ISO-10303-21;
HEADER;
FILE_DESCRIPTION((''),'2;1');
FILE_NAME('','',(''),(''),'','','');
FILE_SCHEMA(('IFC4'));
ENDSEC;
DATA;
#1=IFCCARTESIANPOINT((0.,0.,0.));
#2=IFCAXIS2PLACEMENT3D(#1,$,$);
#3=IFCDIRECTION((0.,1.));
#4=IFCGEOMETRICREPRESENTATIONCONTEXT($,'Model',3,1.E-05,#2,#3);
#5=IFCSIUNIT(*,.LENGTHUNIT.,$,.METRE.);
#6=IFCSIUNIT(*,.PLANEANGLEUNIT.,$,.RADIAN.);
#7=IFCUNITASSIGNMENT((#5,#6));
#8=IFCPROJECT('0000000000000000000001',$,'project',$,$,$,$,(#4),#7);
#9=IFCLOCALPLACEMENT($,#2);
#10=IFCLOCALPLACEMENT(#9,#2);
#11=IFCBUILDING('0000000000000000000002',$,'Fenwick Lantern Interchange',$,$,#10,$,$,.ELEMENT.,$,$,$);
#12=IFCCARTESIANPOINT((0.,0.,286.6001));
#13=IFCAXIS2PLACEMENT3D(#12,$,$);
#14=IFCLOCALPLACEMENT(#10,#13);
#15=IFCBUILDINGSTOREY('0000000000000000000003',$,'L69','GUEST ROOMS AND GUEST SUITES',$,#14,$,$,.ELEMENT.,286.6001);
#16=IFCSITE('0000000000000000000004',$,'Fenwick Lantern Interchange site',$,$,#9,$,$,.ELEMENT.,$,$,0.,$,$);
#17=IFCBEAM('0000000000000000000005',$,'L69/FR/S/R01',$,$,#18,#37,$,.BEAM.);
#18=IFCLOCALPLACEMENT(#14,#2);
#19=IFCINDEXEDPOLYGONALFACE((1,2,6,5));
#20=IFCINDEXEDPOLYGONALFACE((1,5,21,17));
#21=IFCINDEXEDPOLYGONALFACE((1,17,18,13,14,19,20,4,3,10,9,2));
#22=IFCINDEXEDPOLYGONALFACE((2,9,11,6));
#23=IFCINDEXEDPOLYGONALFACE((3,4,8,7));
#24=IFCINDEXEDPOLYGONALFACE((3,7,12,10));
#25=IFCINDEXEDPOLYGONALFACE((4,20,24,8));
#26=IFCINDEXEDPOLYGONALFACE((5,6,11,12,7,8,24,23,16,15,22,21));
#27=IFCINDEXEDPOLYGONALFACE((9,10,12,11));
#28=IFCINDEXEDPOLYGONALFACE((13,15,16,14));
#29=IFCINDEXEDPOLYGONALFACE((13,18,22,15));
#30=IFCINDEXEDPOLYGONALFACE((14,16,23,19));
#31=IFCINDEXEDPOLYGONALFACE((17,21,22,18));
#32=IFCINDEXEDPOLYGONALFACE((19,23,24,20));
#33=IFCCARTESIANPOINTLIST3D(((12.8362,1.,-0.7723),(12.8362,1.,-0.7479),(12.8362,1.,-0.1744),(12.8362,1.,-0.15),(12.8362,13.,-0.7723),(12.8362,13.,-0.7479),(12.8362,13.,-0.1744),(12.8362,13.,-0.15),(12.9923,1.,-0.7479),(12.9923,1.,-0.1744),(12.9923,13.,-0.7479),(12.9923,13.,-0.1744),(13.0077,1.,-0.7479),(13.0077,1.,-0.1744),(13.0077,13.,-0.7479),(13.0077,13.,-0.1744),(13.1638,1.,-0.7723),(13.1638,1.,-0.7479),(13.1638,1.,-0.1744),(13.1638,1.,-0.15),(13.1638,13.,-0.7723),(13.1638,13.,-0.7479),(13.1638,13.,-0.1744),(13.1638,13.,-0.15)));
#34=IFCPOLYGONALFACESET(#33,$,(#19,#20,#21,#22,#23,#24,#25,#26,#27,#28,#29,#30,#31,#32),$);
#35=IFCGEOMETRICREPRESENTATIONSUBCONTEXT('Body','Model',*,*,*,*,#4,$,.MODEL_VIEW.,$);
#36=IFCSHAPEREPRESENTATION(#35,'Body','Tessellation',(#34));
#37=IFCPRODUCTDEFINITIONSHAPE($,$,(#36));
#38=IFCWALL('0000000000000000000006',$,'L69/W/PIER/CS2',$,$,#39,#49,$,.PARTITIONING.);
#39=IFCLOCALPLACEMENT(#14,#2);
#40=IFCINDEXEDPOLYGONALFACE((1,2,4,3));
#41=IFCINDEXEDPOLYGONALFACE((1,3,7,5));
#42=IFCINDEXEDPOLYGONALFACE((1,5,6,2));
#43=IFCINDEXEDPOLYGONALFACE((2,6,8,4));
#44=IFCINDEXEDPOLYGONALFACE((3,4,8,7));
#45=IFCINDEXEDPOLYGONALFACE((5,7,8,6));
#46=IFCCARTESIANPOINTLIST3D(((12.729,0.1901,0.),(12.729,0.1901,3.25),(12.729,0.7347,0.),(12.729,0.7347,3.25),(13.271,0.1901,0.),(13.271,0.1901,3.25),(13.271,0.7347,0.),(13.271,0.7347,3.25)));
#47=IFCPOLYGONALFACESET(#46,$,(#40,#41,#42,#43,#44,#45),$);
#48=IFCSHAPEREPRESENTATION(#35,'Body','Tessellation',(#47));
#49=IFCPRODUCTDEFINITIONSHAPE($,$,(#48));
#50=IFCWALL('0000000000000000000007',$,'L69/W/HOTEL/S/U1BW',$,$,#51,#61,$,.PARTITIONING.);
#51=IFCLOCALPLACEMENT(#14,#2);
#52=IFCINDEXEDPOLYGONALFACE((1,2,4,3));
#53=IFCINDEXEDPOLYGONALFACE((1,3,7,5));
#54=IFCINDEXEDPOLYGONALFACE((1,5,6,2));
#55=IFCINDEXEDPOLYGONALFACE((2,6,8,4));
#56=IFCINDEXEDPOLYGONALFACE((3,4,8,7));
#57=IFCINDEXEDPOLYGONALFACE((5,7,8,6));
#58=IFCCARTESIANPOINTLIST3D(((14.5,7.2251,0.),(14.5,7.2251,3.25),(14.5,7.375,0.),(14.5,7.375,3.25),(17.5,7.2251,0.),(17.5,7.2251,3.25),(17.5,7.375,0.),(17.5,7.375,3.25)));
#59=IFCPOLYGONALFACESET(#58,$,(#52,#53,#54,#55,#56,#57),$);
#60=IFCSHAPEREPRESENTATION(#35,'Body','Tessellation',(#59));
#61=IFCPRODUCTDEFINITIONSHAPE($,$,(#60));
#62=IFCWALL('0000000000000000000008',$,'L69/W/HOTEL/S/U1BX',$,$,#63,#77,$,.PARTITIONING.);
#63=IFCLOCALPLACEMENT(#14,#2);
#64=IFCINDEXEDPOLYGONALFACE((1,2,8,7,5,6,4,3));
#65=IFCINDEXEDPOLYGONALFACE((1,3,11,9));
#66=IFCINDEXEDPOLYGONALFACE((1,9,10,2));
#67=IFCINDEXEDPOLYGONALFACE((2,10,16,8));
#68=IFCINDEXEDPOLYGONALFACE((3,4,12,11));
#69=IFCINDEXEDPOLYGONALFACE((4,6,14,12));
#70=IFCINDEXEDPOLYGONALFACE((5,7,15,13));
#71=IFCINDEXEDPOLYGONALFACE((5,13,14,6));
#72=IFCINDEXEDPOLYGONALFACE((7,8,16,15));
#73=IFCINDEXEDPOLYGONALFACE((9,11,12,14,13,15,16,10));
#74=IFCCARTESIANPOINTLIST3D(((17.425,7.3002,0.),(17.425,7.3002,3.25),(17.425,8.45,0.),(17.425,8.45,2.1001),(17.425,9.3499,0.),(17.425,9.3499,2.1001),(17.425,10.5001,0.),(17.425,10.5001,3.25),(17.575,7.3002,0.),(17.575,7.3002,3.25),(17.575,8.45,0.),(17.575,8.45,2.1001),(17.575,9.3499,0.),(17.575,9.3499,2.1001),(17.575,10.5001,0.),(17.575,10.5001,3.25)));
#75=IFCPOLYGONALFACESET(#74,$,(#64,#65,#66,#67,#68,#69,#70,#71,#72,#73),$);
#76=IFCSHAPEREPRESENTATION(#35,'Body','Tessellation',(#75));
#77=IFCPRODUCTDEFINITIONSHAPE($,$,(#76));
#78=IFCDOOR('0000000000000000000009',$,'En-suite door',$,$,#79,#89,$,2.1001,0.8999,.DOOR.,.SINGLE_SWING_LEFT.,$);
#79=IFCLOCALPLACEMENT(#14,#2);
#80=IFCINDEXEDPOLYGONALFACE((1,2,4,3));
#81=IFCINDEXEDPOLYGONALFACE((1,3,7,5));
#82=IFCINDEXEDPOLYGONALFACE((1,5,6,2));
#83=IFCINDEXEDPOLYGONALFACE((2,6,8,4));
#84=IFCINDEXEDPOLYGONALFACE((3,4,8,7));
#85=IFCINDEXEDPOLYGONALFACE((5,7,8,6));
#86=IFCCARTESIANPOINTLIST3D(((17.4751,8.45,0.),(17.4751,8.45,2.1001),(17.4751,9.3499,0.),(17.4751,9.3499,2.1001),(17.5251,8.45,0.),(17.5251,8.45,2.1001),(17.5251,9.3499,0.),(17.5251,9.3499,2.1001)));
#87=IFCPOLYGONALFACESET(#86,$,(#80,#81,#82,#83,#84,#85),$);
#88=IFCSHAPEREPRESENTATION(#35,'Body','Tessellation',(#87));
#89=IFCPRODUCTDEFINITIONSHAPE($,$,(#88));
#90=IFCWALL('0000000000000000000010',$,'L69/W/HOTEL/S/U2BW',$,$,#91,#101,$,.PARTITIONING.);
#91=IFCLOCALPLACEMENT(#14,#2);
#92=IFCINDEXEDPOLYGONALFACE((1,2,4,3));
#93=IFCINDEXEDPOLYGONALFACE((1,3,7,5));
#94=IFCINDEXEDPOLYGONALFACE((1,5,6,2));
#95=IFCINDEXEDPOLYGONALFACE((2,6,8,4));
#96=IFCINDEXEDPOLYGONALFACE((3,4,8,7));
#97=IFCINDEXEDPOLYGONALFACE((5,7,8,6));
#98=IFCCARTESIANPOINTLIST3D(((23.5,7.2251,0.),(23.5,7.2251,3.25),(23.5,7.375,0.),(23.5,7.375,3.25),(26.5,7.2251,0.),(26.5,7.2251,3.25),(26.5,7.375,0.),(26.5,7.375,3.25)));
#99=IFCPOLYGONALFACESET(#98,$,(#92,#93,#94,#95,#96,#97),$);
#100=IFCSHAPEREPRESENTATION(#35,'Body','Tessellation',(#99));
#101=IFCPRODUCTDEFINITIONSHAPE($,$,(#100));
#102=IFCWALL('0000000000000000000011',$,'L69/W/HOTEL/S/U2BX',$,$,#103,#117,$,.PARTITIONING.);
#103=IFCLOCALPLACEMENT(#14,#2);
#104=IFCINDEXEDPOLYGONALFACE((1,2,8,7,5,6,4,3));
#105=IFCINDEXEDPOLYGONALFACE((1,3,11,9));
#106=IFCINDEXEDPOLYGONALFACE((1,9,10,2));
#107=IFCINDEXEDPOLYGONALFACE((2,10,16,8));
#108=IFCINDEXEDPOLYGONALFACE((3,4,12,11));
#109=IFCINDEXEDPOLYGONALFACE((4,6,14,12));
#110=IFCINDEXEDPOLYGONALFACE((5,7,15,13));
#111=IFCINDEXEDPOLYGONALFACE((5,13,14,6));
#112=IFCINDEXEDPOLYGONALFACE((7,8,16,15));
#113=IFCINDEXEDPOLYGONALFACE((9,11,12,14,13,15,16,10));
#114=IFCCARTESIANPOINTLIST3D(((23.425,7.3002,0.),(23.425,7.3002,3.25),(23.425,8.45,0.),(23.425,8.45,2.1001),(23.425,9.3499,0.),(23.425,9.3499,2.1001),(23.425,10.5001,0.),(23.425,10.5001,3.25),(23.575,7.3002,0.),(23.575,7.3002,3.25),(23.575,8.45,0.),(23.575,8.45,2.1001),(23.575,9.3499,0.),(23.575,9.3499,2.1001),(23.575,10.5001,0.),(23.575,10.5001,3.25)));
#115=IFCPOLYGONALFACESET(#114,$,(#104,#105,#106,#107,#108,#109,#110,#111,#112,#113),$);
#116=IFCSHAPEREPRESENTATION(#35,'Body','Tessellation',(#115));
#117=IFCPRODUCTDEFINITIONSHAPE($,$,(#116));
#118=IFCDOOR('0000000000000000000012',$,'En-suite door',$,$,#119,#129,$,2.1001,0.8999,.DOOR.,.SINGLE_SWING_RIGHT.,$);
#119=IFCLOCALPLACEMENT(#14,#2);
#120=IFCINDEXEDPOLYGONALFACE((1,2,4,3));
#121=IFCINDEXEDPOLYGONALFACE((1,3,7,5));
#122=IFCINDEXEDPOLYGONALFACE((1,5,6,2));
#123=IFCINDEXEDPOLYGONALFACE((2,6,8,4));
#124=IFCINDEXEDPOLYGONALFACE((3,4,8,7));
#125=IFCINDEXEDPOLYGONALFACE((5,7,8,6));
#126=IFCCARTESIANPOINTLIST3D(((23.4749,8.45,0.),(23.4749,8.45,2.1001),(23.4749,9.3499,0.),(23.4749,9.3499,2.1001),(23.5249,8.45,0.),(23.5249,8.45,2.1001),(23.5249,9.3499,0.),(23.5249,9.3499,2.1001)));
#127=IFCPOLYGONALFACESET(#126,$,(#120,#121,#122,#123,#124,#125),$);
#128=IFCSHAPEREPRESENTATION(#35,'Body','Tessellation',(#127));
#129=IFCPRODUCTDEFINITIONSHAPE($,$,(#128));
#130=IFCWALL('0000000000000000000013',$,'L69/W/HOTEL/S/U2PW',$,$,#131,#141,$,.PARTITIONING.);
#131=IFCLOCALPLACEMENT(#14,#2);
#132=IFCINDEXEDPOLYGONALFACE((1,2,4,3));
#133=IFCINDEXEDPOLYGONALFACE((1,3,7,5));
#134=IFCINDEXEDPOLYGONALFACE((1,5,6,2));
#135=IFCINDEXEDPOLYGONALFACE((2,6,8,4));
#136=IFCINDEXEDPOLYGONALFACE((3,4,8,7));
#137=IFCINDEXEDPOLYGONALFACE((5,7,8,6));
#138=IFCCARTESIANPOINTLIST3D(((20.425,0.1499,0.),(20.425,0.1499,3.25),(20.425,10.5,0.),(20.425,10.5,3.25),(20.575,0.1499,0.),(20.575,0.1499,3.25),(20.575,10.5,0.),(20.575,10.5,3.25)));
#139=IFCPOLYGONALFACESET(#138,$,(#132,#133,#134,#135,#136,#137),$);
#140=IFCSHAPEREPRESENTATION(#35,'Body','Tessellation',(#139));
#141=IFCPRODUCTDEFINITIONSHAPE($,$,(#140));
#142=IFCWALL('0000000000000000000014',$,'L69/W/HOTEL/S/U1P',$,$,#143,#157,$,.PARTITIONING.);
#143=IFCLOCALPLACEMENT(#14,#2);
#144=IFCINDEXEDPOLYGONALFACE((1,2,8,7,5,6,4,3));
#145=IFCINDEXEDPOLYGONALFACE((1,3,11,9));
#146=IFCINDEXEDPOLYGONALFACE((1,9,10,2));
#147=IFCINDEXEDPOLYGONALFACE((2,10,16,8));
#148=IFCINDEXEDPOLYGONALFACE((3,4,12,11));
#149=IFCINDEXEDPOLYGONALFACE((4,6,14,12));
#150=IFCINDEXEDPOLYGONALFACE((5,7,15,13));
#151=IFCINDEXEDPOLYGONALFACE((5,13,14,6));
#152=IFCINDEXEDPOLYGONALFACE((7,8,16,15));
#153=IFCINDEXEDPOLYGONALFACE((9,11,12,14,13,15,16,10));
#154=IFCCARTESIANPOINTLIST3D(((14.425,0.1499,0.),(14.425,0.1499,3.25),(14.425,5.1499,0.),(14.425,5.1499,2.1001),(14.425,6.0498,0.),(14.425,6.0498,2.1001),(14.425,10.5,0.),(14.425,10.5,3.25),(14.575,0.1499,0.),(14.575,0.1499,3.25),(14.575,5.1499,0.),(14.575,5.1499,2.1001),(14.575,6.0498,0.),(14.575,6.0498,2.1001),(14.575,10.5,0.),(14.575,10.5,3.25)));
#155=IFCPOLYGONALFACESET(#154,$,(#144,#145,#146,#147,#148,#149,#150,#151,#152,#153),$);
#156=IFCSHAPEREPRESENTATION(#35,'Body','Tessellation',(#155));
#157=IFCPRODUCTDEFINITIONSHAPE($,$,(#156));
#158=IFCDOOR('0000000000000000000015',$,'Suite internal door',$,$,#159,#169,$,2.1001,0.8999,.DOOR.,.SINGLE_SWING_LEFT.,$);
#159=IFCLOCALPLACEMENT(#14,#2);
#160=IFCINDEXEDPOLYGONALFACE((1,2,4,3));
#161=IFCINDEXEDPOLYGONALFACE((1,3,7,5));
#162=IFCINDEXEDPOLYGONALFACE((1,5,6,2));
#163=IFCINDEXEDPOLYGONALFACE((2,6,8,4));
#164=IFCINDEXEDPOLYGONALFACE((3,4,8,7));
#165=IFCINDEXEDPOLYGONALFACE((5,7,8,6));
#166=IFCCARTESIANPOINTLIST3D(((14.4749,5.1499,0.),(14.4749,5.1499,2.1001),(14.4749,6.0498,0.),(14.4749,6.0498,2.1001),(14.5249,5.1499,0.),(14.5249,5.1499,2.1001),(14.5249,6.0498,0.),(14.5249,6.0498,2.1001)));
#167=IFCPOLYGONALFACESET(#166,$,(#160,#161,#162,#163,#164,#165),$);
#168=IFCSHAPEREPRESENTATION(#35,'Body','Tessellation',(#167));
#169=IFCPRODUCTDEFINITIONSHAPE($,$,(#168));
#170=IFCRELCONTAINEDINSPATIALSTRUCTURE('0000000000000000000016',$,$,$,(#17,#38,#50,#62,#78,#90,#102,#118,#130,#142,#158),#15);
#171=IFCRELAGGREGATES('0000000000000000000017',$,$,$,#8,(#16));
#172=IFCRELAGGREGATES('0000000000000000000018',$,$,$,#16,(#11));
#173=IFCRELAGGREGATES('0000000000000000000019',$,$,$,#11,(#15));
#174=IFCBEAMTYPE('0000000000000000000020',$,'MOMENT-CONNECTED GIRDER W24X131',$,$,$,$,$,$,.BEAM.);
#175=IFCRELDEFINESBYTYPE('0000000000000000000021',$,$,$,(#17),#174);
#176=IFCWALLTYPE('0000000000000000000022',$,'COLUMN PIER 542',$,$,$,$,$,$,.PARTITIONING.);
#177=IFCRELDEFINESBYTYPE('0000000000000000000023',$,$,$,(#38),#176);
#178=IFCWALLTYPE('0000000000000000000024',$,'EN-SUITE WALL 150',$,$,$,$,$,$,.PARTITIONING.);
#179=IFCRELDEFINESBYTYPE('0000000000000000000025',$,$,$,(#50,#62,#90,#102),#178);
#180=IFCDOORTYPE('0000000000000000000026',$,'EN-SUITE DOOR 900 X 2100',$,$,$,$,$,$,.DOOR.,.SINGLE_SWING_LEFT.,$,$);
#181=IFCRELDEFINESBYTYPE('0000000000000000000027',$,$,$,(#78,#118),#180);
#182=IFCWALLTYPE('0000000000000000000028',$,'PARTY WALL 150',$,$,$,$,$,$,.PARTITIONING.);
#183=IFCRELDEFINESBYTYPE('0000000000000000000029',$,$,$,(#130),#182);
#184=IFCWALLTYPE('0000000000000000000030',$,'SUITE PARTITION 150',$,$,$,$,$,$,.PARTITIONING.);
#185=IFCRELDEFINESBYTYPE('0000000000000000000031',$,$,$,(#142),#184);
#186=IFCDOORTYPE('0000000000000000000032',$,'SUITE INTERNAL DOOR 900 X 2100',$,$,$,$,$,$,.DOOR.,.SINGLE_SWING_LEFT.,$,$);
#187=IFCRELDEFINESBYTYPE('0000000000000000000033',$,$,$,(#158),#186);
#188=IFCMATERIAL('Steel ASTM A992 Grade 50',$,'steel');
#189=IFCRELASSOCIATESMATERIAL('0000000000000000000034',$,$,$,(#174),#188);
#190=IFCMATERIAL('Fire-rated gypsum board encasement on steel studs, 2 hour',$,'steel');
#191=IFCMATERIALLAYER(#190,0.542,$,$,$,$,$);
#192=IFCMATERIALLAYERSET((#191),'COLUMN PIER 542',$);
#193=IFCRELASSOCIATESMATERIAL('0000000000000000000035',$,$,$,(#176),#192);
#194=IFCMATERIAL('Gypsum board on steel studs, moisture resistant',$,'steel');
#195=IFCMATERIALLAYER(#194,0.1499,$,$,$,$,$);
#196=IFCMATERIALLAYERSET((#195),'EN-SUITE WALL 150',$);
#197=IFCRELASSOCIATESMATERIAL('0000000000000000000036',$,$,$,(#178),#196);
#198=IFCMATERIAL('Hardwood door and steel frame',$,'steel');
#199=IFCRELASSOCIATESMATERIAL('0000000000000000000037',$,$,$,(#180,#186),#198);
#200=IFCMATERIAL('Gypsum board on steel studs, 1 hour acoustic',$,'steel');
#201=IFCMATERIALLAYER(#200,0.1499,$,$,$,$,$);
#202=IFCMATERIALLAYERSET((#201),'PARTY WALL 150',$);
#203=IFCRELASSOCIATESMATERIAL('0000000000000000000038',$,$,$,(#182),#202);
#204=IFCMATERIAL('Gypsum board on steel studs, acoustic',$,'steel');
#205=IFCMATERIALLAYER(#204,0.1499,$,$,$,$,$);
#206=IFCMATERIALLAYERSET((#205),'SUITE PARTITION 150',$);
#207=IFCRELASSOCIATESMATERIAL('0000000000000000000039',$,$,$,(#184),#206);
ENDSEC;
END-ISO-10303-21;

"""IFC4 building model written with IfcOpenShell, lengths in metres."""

from ifc_helpers import new_model, si_unit, direction, frame, frame_2d, origin, origin_2d, place, context, subcontext, project, spatial, rectangle, i_section, extrude, material, layer, layer_set, material_profile, profile_set, type_object, element, fill, save


model = new_model("IFC4")

# Units and contexts
model_context = context("Model", 3, precision=1e-05, world=origin(), true_north=direction((0.0, 1.0)))
body_context = subcontext(model_context, "Body", "Model", "MODEL_VIEW")
ifc_project = project(units=[si_unit("LENGTHUNIT", "METRE"), si_unit("PLANEANGLEUNIT", "RADIAN")], contexts=[model_context])

# Site, building, storey
site_placement = place(None, origin())
site = spatial("IfcSite", under=ifc_project, at=site_placement, Name="Fenwick Lantern Interchange site", CompositionType="ELEMENT", RefElevation=0.0)
building_placement = place(site_placement, origin())
building = spatial("IfcBuilding", under=site, at=building_placement, Name="Fenwick Lantern Interchange", CompositionType="ELEMENT")
storey_placement = place(building_placement, frame((0.0, 0.0, 286.6001)))
storey = spatial("IfcBuildingStorey", under=building, at=storey_placement, Name="L69", Description="GUEST ROOMS AND GUEST SUITES", CompositionType="ELEMENT", Elevation=286.6001)

# Shared definitions
ifc_material_1 = material(Name="Steel ASTM A992 Grade 50", Category="steel")

# Beam
ifc_material_profile_1 = material_profile(ifc_material_1, i_section(OverallWidth=0.3276, OverallDepth=0.6223, WebThickness=0.0154, FlangeThickness=0.0244, at=origin_2d()), Name="W24X131")
ifc_profile_set_1 = profile_set([ifc_material_profile_1], Name="Steel ASTM A992 Grade 50")
beam_type_1 = type_object("IfcBeamType", Name="MOMENT-CONNECTED GIRDER W24X131", PredefinedType="BEAM", material=ifc_profile_set_1)
beam_1_placement = place(storey_placement, frame((13.0, 1.0, -0.4612), z_axis=(0.0, 1.0, 0.0), x_axis=(-1.0, 0.0, 0.0)))
element("IfcBeam", 1, at=beam_1_placement, inside=storey, type_object=beam_type_1, Name="L69/FR/S/R01", PredefinedType="BEAM", context=body_context, shape_type="SweptSolid", body=[
    extrude(i_section(OverallWidth=0.3276, OverallDepth=0.6223, WebThickness=0.0154, FlangeThickness=0.0244, at=origin_2d()), origin(), (0.0, 0.0, 1.0), 12.0),
])

# Walls
ifc_material_2 = material(Name="Fire-rated gypsum board encasement on steel studs, 2 hour", Category="steel")
ifc_layer_1 = layer(ifc_material_2, 0.542)
ifc_layer_set_1 = layer_set([ifc_layer_1], Name="COLUMN PIER 542")
wall_type_1 = type_object("IfcWallType", Name="COLUMN PIER 542", PredefinedType="PARTITIONING", material=ifc_layer_set_1)
wall_1_placement = place(storey_placement, frame((13.0, 0.1899, 0.0), z_axis=(0.0, 0.0, 1.0), x_axis=(0.0, 1.0, 0.0)))
element("IfcWall", 2, at=wall_1_placement, inside=storey, type_object=wall_type_1, Name="L69/W/PIER/CS2", PredefinedType="PARTITIONING", context=body_context, shape_type="SweptSolid", body=[
    extrude(rectangle(XDim=0.5447, YDim=0.542, at=frame_2d((0.2725, 0.0))), origin(), (0.0, 0.0, 1.0), 3.25),
])
ifc_material_3 = material(Name="Gypsum board on steel studs, moisture resistant", Category="steel")
ifc_layer_2 = layer(ifc_material_3, 0.1499)
ifc_layer_set_2 = layer_set([ifc_layer_2], Name="EN-SUITE WALL 150")
wall_type_2 = type_object("IfcWallType", Name="EN-SUITE WALL 150", PredefinedType="PARTITIONING", material=ifc_layer_set_2)
wall_2_placement = place(storey_placement, frame((14.5, 7.3, 0.0), z_axis=(0.0, 0.0, 1.0), x_axis=(1.0, 0.0, 0.0)))
element("IfcWall", 3, at=wall_2_placement, inside=storey, type_object=wall_type_2, Name="L69/W/HOTEL/S/U1BW", PredefinedType="PARTITIONING", context=body_context, shape_type="SweptSolid", body=[
    extrude(rectangle(XDim=3.0, YDim=0.1499, at=frame_2d((1.5, 0.0))), origin(), (0.0, 0.0, 1.0), 3.25),
])

# Wall, opening, door
wall_3_placement = place(storey_placement, frame((17.5, 7.3, 0.0), z_axis=(0.0, 0.0, 1.0), x_axis=(0.0, 1.0, 0.0)))
wall_3 = element("IfcWall", 4, at=wall_3_placement, inside=storey, type_object=wall_type_2, Name="L69/W/HOTEL/S/U1BX", PredefinedType="PARTITIONING", context=body_context, shape_type="SweptSolid", body=[
    extrude(rectangle(XDim=3.2, YDim=0.1499, at=frame_2d((1.6001, 0.0))), origin(), (0.0, 0.0, 1.0), 3.25),
])
opening_1_placement = place(wall_3_placement, frame((1.1499, 0.0, 0.0)))
opening_1 = element("IfcOpeningElement", 5, at=opening_1_placement, cuts=wall_3, PredefinedType="OPENING", context=body_context, shape_type="SweptSolid", body=[
    extrude(rectangle(XDim=0.8999, YDim=2.1001, at=frame_2d((0.45, 1.05))), frame((0.0, 0.085, 0.0), z_axis=(0.0, -1.0, 0.0), x_axis=(1.0, 0.0, 0.0)), (0.0, 0.0, 1.0), 0.1699),
])
ifc_material_4 = material(Name="Hardwood door and steel frame", Category="steel")
door_type_1 = type_object("IfcDoorType", Name="EN-SUITE DOOR 900 X 2100", OperationType="SINGLE_SWING_LEFT", PredefinedType="DOOR", material=ifc_material_4)
door_1_placement = place(opening_1_placement, origin())
door_1 = element("IfcDoor", 6, at=door_1_placement, inside=storey, type_object=door_type_1, Name="En-suite door", OperationType="SINGLE_SWING_LEFT", OverallHeight=2.1001, OverallWidth=0.8999, PredefinedType="DOOR", context=body_context, shape_type="SweptSolid", body=[
    extrude(rectangle(XDim=0.8999, YDim=2.1001, at=frame_2d((0.45, 1.05))), frame((0.0, 0.0249, 0.0), z_axis=(0.0, -1.0, 0.0), x_axis=(1.0, 0.0, 0.0)), (0.0, 0.0, 1.0), 0.05),
])
fill(opening_1, door_1)

# Wall
wall_4_placement = place(storey_placement, frame((23.5, 7.3, 0.0), z_axis=(0.0, 0.0, 1.0), x_axis=(1.0, 0.0, 0.0)))
element("IfcWall", 7, at=wall_4_placement, inside=storey, type_object=wall_type_2, Name="L69/W/HOTEL/S/U2BW", PredefinedType="PARTITIONING", context=body_context, shape_type="SweptSolid", body=[
    extrude(rectangle(XDim=3.0, YDim=0.1499, at=frame_2d((1.5, 0.0))), origin(), (0.0, 0.0, 1.0), 3.25),
])

# Wall, opening, door
wall_5_placement = place(storey_placement, frame((23.5, 7.3, 0.0), z_axis=(0.0, 0.0, 1.0), x_axis=(0.0, 1.0, 0.0)))
wall_5 = element("IfcWall", 8, at=wall_5_placement, inside=storey, type_object=wall_type_2, Name="L69/W/HOTEL/S/U2BX", PredefinedType="PARTITIONING", context=body_context, shape_type="SweptSolid", body=[
    extrude(rectangle(XDim=3.2, YDim=0.1499, at=frame_2d((1.6001, 0.0))), origin(), (0.0, 0.0, 1.0), 3.25),
])
opening_2_placement = place(wall_5_placement, frame((1.1499, 0.0, 0.0)))
opening_2 = element("IfcOpeningElement", 9, at=opening_2_placement, cuts=wall_5, PredefinedType="OPENING", context=body_context, shape_type="SweptSolid", body=[
    extrude(rectangle(XDim=0.8999, YDim=2.1001, at=frame_2d((0.45, 1.05))), frame((0.0, 0.085, 0.0), z_axis=(0.0, -1.0, 0.0), x_axis=(1.0, 0.0, 0.0)), (0.0, 0.0, 1.0), 0.1699),
])
door_2_placement = place(opening_2_placement, frame((0.8999, 0.0, 0.0), z_axis=(0.0, 0.0, 1.0), x_axis=(-1.0, 0.0, 0.0)))
door_2 = element("IfcDoor", 10, at=door_2_placement, inside=storey, type_object=door_type_1, Name="En-suite door", OperationType="SINGLE_SWING_RIGHT", OverallHeight=2.1001, OverallWidth=0.8999, PredefinedType="DOOR", context=body_context, shape_type="SweptSolid", body=[
    extrude(rectangle(XDim=0.8999, YDim=2.1001, at=frame_2d((0.45, 1.05))), frame((0.0, 0.0249, 0.0), z_axis=(0.0, -1.0, 0.0), x_axis=(1.0, 0.0, 0.0)), (0.0, 0.0, 1.0), 0.05),
])
fill(opening_2, door_2)

# Wall
ifc_material_5 = material(Name="Gypsum board on steel studs, 1 hour acoustic", Category="steel")
ifc_layer_3 = layer(ifc_material_5, 0.1499)
ifc_layer_set_3 = layer_set([ifc_layer_3], Name="PARTY WALL 150")
wall_type_3 = type_object("IfcWallType", Name="PARTY WALL 150", PredefinedType="PARTITIONING", material=ifc_layer_set_3)
wall_6_placement = place(storey_placement, frame((20.5, 0.1499, 0.0), z_axis=(0.0, 0.0, 1.0), x_axis=(0.0, 1.0, 0.0)))
element("IfcWall", 11, at=wall_6_placement, inside=storey, type_object=wall_type_3, Name="L69/W/HOTEL/S/U2PW", PredefinedType="PARTITIONING", context=body_context, shape_type="SweptSolid", body=[
    extrude(rectangle(XDim=10.3501, YDim=0.1499, at=frame_2d((5.175, 0.0))), origin(), (0.0, 0.0, 1.0), 3.25),
])

# Wall, opening, door
ifc_material_6 = material(Name="Gypsum board on steel studs, acoustic", Category="steel")
ifc_layer_4 = layer(ifc_material_6, 0.1499)
ifc_layer_set_4 = layer_set([ifc_layer_4], Name="SUITE PARTITION 150")
wall_type_4 = type_object("IfcWallType", Name="SUITE PARTITION 150", PredefinedType="PARTITIONING", material=ifc_layer_set_4)
wall_7_placement = place(storey_placement, frame((14.5, 0.1499, 0.0), z_axis=(0.0, 0.0, 1.0), x_axis=(0.0, 1.0, 0.0)))
wall_7 = element("IfcWall", 12, at=wall_7_placement, inside=storey, type_object=wall_type_4, Name="L69/W/HOTEL/S/U1P", PredefinedType="PARTITIONING", context=body_context, shape_type="SweptSolid", body=[
    extrude(rectangle(XDim=10.3501, YDim=0.1499, at=frame_2d((5.175, 0.0))), origin(), (0.0, 0.0, 1.0), 3.25),
])
opening_3_placement = place(wall_7_placement, frame((5.0, 0.0, 0.0)))
opening_3 = element("IfcOpeningElement", 13, at=opening_3_placement, cuts=wall_7, PredefinedType="OPENING", context=body_context, shape_type="SweptSolid", body=[
    extrude(rectangle(XDim=0.8999, YDim=2.1001, at=frame_2d((0.45, 1.05))), frame((0.0, 0.085, 0.0), z_axis=(0.0, -1.0, 0.0), x_axis=(1.0, 0.0, 0.0)), (0.0, 0.0, 1.0), 0.1699),
])
door_type_2 = type_object("IfcDoorType", Name="SUITE INTERNAL DOOR 900 X 2100", OperationType="SINGLE_SWING_LEFT", PredefinedType="DOOR", material=ifc_material_4)
door_3_placement = place(opening_3_placement, frame((0.8999, 0.0, 0.0), z_axis=(0.0, 0.0, 1.0), x_axis=(-1.0, 0.0, 0.0)))
door_3 = element("IfcDoor", 14, at=door_3_placement, inside=storey, type_object=door_type_2, Name="Suite internal door", OperationType="SINGLE_SWING_LEFT", OverallHeight=2.1001, OverallWidth=0.8999, PredefinedType="DOOR", context=body_context, shape_type="SweptSolid", body=[
    extrude(rectangle(XDim=0.8999, YDim=2.1001, at=frame_2d((0.45, 1.05))), frame((0.0, 0.0249, 0.0), z_axis=(0.0, -1.0, 0.0), x_axis=(1.0, 0.0, 0.0)), (0.0, 0.0, 1.0), 0.05),
])
fill(opening_3, door_3)

save(model, "model.ifc")
